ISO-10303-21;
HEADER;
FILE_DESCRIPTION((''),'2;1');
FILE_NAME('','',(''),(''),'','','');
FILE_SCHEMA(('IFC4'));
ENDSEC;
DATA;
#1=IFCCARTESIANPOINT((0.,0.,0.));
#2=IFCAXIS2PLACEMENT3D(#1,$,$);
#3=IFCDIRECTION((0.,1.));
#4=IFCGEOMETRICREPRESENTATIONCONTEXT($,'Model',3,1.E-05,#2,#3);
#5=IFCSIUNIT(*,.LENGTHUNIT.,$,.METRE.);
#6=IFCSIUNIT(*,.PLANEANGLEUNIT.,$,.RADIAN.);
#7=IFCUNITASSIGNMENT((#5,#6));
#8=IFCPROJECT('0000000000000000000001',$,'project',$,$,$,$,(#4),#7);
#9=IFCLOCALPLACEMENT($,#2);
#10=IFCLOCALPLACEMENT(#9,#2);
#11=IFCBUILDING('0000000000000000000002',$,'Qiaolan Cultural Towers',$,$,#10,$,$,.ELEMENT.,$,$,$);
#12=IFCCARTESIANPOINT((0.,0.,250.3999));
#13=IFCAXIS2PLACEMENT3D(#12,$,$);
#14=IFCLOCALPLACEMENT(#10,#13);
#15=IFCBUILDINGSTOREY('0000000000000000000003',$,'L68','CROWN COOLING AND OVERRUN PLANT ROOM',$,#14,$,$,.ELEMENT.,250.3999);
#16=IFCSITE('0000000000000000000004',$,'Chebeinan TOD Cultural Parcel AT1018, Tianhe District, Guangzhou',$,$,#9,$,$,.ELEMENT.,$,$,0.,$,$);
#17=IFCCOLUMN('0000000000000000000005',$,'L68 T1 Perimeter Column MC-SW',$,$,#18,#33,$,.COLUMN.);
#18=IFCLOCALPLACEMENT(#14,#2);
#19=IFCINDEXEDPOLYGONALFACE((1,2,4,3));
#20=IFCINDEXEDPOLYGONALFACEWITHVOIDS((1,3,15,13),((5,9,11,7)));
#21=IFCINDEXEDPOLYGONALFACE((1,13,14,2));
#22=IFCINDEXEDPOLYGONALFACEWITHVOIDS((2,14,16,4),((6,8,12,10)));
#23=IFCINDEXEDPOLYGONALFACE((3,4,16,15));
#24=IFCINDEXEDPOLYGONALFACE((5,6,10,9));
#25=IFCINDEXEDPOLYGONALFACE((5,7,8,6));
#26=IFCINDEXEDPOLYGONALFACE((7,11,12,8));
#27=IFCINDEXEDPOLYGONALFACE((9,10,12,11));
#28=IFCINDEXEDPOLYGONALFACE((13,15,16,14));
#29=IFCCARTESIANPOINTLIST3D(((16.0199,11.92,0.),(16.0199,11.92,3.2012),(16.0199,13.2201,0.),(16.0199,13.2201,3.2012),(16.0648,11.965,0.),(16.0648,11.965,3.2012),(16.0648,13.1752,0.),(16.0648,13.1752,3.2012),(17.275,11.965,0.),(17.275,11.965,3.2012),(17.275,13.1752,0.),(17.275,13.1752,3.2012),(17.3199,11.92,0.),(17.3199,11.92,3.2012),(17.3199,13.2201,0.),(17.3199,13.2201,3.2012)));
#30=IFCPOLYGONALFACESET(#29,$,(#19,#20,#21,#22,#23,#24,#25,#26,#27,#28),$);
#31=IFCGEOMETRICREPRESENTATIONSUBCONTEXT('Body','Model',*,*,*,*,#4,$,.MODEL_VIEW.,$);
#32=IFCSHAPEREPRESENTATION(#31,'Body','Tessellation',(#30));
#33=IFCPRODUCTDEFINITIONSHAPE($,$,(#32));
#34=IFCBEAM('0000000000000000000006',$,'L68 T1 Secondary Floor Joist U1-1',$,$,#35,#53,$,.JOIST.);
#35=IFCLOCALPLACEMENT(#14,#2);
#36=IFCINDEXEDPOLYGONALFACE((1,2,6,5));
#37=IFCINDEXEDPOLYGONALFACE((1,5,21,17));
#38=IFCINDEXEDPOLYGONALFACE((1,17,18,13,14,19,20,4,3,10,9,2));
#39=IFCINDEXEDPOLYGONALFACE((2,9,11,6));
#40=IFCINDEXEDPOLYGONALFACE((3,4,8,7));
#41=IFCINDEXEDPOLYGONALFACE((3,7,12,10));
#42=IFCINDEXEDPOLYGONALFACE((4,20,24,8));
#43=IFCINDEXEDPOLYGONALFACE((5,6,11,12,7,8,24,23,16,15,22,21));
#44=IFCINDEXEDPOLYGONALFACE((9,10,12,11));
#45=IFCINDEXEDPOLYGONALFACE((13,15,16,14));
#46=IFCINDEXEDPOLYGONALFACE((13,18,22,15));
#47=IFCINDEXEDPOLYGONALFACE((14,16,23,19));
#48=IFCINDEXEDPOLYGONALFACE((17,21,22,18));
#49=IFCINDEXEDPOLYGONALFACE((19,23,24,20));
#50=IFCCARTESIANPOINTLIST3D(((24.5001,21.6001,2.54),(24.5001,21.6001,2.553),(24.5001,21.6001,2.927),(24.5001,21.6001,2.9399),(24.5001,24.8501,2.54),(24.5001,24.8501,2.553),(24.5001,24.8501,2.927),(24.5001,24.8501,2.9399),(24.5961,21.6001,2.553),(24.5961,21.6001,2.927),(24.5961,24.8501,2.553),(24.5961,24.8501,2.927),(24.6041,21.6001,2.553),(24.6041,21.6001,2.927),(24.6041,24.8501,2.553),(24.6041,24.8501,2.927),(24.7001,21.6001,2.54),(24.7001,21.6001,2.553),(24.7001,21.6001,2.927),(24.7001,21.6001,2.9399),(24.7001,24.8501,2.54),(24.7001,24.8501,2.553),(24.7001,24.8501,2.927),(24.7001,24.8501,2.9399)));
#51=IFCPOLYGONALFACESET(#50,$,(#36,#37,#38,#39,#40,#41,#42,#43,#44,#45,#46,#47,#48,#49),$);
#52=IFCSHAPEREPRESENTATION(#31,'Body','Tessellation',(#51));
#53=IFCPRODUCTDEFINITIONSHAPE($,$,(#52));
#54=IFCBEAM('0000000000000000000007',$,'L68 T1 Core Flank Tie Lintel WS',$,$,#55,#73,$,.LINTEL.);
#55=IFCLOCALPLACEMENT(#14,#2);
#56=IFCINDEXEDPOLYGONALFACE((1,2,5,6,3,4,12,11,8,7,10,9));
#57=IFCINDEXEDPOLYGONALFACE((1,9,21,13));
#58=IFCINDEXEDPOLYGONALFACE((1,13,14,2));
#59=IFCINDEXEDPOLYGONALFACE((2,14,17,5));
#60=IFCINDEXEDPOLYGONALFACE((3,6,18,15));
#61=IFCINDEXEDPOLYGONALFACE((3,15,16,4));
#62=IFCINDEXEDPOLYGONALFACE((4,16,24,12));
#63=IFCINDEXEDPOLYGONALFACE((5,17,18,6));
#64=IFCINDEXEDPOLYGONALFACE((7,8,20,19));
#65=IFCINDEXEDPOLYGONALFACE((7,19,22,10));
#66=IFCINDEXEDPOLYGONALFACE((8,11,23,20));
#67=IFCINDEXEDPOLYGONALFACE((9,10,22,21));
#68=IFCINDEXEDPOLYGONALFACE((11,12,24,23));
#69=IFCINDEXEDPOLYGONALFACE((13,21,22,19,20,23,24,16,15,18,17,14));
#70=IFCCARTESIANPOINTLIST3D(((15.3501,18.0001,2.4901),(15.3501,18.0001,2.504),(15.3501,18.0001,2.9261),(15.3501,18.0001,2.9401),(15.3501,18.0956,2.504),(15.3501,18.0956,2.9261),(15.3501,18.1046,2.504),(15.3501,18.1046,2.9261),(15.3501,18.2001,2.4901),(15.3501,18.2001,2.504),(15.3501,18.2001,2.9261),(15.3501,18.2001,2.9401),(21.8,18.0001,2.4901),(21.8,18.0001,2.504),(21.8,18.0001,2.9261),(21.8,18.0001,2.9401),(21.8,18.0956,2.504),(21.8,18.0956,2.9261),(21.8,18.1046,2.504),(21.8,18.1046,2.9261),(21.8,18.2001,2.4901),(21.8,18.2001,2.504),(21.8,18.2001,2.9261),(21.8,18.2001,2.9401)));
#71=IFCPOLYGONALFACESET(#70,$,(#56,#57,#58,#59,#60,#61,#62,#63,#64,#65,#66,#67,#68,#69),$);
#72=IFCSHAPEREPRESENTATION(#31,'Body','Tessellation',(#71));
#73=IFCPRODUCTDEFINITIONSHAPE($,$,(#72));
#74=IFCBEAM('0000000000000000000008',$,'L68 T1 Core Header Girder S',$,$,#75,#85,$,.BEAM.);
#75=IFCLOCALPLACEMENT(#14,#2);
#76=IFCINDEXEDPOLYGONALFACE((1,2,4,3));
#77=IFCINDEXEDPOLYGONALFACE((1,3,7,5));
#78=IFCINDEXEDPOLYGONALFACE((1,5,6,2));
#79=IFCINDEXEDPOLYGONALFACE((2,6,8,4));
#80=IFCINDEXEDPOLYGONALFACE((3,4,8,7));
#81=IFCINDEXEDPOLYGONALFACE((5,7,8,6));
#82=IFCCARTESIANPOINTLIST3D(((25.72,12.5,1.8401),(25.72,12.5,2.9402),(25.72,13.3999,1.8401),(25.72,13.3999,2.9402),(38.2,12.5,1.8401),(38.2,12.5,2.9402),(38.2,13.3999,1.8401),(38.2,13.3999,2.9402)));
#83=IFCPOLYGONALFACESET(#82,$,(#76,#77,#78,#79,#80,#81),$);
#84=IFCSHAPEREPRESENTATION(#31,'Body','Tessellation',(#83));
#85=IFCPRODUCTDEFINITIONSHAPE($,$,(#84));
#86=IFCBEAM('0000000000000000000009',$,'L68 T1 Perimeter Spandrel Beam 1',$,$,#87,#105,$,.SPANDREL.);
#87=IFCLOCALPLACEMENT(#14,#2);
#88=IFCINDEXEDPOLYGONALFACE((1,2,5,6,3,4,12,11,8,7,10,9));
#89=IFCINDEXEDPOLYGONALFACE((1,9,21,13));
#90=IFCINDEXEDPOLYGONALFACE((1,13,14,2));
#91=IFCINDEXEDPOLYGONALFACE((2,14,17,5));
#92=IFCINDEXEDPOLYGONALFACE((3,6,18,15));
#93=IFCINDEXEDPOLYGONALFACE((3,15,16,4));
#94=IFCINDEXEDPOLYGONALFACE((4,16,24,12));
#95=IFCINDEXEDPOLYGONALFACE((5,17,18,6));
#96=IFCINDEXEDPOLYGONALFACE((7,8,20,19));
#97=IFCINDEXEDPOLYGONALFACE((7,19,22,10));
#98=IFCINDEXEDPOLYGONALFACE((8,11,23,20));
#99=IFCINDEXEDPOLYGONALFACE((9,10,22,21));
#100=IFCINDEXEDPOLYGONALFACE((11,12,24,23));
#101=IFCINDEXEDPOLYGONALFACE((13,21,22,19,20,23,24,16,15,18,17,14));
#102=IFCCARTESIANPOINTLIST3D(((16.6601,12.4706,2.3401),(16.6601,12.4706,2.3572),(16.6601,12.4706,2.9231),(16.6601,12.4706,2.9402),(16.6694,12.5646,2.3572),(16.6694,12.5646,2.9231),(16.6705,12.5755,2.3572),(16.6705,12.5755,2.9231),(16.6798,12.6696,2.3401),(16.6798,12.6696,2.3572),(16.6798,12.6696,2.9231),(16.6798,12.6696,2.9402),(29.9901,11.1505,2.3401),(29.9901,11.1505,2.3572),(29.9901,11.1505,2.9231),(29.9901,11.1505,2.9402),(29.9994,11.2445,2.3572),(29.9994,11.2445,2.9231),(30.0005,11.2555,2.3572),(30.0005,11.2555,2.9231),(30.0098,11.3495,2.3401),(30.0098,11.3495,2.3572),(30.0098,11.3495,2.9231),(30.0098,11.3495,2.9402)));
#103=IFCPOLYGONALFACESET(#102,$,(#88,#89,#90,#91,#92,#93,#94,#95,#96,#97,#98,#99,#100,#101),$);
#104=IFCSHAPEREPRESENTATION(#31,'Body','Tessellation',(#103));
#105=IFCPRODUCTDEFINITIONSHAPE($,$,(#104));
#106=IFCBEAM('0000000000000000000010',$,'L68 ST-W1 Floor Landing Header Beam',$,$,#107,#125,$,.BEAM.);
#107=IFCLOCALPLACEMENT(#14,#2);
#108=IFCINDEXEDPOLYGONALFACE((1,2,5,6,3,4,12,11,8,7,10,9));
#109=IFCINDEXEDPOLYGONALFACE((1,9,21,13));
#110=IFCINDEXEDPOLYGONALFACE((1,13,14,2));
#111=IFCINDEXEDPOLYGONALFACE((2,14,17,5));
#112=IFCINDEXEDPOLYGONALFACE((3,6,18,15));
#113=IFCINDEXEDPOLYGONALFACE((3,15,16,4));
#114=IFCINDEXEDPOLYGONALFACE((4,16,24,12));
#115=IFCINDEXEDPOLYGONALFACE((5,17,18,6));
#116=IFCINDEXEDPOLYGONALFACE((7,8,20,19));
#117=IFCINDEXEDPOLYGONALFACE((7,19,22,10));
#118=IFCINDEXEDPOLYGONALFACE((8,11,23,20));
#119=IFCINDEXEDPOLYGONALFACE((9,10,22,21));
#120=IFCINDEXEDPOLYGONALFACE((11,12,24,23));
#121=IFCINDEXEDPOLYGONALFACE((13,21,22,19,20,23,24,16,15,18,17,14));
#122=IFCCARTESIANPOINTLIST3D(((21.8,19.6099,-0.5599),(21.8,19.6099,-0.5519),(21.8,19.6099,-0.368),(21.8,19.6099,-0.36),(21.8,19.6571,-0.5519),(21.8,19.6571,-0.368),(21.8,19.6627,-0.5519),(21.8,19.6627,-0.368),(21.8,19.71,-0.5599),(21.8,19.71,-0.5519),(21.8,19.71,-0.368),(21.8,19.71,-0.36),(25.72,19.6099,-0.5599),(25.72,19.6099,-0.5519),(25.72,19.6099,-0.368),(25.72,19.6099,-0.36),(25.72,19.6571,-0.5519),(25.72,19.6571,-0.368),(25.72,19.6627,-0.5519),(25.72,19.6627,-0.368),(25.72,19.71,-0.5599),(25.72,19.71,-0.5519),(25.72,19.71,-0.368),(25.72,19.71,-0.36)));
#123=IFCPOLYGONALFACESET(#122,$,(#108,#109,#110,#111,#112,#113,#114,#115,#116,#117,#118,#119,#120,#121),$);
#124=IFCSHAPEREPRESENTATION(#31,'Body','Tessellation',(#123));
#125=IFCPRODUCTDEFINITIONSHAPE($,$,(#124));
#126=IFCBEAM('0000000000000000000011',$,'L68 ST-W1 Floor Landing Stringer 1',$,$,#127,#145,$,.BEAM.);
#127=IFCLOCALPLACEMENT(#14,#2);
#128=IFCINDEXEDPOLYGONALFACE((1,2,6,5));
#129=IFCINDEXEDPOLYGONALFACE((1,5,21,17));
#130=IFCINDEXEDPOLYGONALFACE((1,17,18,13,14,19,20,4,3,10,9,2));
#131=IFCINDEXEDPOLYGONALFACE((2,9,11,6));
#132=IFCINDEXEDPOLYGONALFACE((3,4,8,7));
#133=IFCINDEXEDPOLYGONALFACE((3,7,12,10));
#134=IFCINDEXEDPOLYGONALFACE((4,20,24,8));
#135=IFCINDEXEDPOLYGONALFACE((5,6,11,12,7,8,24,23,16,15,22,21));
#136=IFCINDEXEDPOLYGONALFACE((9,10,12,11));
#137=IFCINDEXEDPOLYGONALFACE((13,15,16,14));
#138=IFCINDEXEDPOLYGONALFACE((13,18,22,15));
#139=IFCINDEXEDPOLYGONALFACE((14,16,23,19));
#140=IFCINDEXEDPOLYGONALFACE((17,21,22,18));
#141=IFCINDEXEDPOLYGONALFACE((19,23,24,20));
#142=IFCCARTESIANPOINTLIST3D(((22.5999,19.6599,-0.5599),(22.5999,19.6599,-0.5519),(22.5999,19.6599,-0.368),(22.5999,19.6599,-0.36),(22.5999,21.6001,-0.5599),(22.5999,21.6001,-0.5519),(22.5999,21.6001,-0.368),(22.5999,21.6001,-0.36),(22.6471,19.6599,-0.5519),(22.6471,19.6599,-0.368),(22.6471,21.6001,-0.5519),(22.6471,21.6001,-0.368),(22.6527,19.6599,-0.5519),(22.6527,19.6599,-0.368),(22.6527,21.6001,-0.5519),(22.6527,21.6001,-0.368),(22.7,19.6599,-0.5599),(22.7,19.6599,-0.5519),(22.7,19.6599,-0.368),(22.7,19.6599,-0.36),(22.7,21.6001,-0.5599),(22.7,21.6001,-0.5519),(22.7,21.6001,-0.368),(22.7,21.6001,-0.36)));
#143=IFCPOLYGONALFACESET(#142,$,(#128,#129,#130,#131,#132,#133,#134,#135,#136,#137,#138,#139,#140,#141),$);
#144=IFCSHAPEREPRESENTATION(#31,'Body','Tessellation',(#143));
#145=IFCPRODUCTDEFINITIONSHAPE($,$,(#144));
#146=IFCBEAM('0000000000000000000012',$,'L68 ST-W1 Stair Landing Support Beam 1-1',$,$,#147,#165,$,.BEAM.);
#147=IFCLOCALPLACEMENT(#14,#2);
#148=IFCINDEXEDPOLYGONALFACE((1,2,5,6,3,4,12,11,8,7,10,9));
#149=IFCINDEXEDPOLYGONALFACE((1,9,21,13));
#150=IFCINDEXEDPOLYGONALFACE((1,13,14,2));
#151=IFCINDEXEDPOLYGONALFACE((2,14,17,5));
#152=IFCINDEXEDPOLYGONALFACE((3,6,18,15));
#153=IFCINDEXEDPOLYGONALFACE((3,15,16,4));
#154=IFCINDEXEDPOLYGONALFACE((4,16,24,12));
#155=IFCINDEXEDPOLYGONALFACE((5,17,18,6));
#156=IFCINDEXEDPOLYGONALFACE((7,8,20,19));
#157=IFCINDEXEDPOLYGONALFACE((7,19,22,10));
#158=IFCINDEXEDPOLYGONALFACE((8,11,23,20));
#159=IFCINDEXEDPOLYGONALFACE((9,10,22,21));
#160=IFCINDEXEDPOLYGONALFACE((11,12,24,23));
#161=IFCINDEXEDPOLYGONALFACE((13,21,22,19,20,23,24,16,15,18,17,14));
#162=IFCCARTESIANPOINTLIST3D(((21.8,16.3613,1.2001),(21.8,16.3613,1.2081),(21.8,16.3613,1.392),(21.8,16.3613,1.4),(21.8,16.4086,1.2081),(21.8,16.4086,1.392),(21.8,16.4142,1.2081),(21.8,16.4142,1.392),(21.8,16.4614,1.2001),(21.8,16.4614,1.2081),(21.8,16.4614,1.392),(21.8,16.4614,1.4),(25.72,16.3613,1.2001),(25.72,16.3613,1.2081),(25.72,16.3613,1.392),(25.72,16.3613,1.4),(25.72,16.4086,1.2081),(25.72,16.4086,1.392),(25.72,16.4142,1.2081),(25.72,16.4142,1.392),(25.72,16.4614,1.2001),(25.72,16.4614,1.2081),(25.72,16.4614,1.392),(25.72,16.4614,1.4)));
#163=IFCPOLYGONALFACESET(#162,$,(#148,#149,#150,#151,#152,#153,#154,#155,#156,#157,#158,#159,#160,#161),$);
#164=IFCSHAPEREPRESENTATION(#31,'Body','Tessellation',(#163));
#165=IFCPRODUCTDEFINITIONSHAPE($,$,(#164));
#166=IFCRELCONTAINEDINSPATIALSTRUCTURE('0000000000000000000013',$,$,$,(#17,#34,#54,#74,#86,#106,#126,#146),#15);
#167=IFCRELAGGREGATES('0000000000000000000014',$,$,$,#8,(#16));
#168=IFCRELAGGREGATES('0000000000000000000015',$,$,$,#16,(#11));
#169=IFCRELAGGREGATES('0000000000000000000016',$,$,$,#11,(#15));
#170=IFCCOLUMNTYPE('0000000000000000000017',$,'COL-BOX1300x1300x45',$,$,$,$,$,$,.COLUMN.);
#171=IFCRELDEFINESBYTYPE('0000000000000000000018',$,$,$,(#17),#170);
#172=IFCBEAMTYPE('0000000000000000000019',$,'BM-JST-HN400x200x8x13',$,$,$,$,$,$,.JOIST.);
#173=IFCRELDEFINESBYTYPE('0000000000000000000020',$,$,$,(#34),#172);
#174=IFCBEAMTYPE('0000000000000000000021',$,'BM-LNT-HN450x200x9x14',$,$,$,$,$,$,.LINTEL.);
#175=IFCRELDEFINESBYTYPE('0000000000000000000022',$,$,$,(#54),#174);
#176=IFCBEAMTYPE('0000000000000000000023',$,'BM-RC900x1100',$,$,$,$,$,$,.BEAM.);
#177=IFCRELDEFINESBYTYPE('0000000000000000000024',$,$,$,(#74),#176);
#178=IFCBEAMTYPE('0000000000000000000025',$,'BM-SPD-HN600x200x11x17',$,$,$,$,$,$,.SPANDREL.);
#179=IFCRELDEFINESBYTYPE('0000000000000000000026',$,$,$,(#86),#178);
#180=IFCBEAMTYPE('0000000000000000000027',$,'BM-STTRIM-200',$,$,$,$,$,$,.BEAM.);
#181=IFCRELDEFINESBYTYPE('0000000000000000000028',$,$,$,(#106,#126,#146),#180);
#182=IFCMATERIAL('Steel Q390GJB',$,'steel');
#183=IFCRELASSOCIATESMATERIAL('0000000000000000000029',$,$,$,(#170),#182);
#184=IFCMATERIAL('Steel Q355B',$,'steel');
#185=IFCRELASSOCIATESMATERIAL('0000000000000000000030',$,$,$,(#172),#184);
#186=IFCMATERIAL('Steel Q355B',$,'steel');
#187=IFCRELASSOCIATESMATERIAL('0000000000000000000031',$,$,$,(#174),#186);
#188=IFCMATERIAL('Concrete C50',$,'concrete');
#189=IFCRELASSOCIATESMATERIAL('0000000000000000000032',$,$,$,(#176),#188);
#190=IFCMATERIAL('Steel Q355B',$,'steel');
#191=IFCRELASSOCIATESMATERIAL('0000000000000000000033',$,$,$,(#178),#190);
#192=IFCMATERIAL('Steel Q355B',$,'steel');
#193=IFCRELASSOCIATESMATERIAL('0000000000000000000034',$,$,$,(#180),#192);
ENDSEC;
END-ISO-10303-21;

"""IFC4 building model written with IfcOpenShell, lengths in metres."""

from ifc_helpers import new_model, si_unit, direction, frame, origin, origin_2d, place, context, subcontext, project, spatial, rectangle, hollow_rectangle, i_section, extrude, material, material_profile, profile_set, type_object, element, save


model = new_model("IFC4")

# Units and contexts
model_context = context("Model", 3, precision=1e-05, world=origin(), true_north=direction((0.0, 1.0)))
body_context = subcontext(model_context, "Body", "Model", "MODEL_VIEW")
ifc_project = project(units=[si_unit("LENGTHUNIT", "METRE"), si_unit("PLANEANGLEUNIT", "RADIAN")], contexts=[model_context])

# Site, building, storey
site_placement = place(None, origin())
site = spatial("IfcSite", under=ifc_project, at=site_placement, Name="Chebeinan TOD Cultural Parcel AT1018, Tianhe District, Guangzhou", CompositionType="ELEMENT", RefElevation=0.0)
building_placement = place(site_placement, origin())
building = spatial("IfcBuilding", under=site, at=building_placement, Name="Qiaolan Cultural Towers", CompositionType="ELEMENT")
storey_placement = place(building_placement, frame((0.0, 0.0, 250.3999)))
storey = spatial("IfcBuildingStorey", under=building, at=storey_placement, Name="L68", Description="CROWN COOLING AND OVERRUN PLANT ROOM", CompositionType="ELEMENT", Elevation=250.3999)

# Column
ifc_material_1 = material(Name="Steel Q390GJB", Category="steel")
ifc_material_profile_1 = material_profile(ifc_material_1, hollow_rectangle(XDim=1.3, YDim=1.3, WallThickness=0.0449, at=origin_2d()), Name="BOX1300x1300x45")
ifc_profile_set_1 = profile_set([ifc_material_profile_1], Name="Steel Q390GJB")
column_type = type_object("IfcColumnType", Name="COL-BOX1300x1300x45", PredefinedType="COLUMN", material=ifc_profile_set_1)
column_placement = place(storey_placement, frame((16.6699, 12.5701, 0.0), z_axis=(0.0, 0.0, 1.0), x_axis=(1.0, 0.0, 0.0)))
element("IfcColumn", 1, at=column_placement, inside=storey, type_object=column_type, Name="L68 T1 Perimeter Column MC-SW", PredefinedType="COLUMN", context=body_context, shape_type="SweptSolid", body=[
    extrude(hollow_rectangle(XDim=1.3, YDim=1.3, WallThickness=0.0449, at=origin_2d()), origin(), (0.0, 0.0, 1.0), 3.2012),
])

# Beams
ifc_material_2 = material(Name="Steel Q355B", Category="steel")
ifc_material_profile_2 = material_profile(ifc_material_2, i_section(OverallWidth=0.2, OverallDepth=0.3999, WebThickness=0.0081, FlangeThickness=0.0129, at=origin_2d()), Name="HN400x200x8x13")
ifc_profile_set_2 = profile_set([ifc_material_profile_2], Name="Steel Q355B")
beam_type_1 = type_object("IfcBeamType", Name="BM-JST-HN400x200x8x13", PredefinedType="JOIST", material=ifc_profile_set_2)
beam_1_placement = place(storey_placement, frame((24.6001, 21.6001, 2.74), z_axis=(0.0, 1.0, 0.0), x_axis=(-1.0, 0.0, 0.0)))
element("IfcBeam", 2, at=beam_1_placement, inside=storey, type_object=beam_type_1, Name="L68 T1 Secondary Floor Joist U1-1", PredefinedType="JOIST", context=body_context, shape_type="SweptSolid", body=[
    extrude(i_section(OverallWidth=0.2, OverallDepth=0.3999, WebThickness=0.0081, FlangeThickness=0.0129, at=origin_2d()), origin(), (0.0, 0.0, 1.0), 3.25),
])
ifc_material_3 = material(Name="Steel Q355B", Category="steel")
ifc_material_profile_3 = material_profile(ifc_material_3, i_section(OverallWidth=0.2, OverallDepth=0.45, WebThickness=0.009, FlangeThickness=0.0139, at=origin_2d()), Name="HN450x200x9x14")
ifc_profile_set_3 = profile_set([ifc_material_profile_3], Name="Steel Q355B")
beam_type_2 = type_object("IfcBeamType", Name="BM-LNT-HN450x200x9x14", PredefinedType="LINTEL", material=ifc_profile_set_3)
beam_2_placement = place(storey_placement, frame((21.8, 18.1001, 2.7151), z_axis=(-1.0, 0.0, 0.0), x_axis=(0.0, -1.0, 0.0)))
element("IfcBeam", 3, at=beam_2_placement, inside=storey, type_object=beam_type_2, Name="L68 T1 Core Flank Tie Lintel WS", PredefinedType="LINTEL", context=body_context, shape_type="SweptSolid", body=[
    extrude(i_section(OverallWidth=0.2, OverallDepth=0.45, WebThickness=0.009, FlangeThickness=0.0139, at=origin_2d()), origin(), (0.0, 0.0, 1.0), 6.45),
])
ifc_material_4 = material(Name="Concrete C50", Category="concrete")
ifc_material_profile_4 = material_profile(ifc_material_4, rectangle(XDim=0.8999, YDim=1.1001, at=origin_2d()), Name="RC900x1100")
ifc_profile_set_4 = profile_set([ifc_material_profile_4], Name="Concrete C50")
beam_type_3 = type_object("IfcBeamType", Name="BM-RC900x1100", PredefinedType="BEAM", material=ifc_profile_set_4)
beam_3_placement = place(storey_placement, frame((25.72, 12.95, 2.3901), z_axis=(1.0, 0.0, 0.0), x_axis=(0.0, 1.0, 0.0)))
element("IfcBeam", 4, at=beam_3_placement, inside=storey, type_object=beam_type_3, Name="L68 T1 Core Header Girder S", PredefinedType="BEAM", context=body_context, shape_type="SweptSolid", body=[
    extrude(rectangle(XDim=0.8999, YDim=1.1001, at=origin_2d()), origin(), (0.0, 0.0, 1.0), 12.48),
])
ifc_material_5 = material(Name="Steel Q355B", Category="steel")
ifc_material_profile_5 = material_profile(ifc_material_5, i_section(OverallWidth=0.2, OverallDepth=0.6001, WebThickness=0.011, FlangeThickness=0.0171, at=origin_2d()), Name="HN600x200x11x17")
ifc_profile_set_5 = profile_set([ifc_material_profile_5], Name="Steel Q355B")
beam_type_4 = type_object("IfcBeamType", Name="BM-SPD-HN600x200x11x17", PredefinedType="SPANDREL", material=ifc_profile_set_5)
beam_4_placement = place(storey_placement, frame((16.6699, 12.5701, 2.6401), z_axis=(0.995132, -0.098547, 0.0), x_axis=(0.098547, 0.995132, 0.0)))
element("IfcBeam", 5, at=beam_4_placement, inside=storey, type_object=beam_type_4, Name="L68 T1 Perimeter Spandrel Beam 1", PredefinedType="SPANDREL", context=body_context, shape_type="SweptSolid", body=[
    extrude(i_section(OverallWidth=0.2, OverallDepth=0.6001, WebThickness=0.011, FlangeThickness=0.0171, at=origin_2d()), origin(), (0.0, 0.0, 1.0), 13.3953),
])
ifc_material_6 = material(Name="Steel Q355B", Category="steel")
ifc_material_profile_6 = material_profile(ifc_material_6, i_section(OverallWidth=0.1001, OverallDepth=0.2, WebThickness=0.0056, FlangeThickness=0.0081, at=origin_2d()), Name="HN200x100x5.5x8")
ifc_profile_set_6 = profile_set([ifc_material_profile_6], Name="Steel Q355B")
beam_type_5 = type_object("IfcBeamType", Name="BM-STTRIM-200", PredefinedType="BEAM", material=ifc_profile_set_6)
beam_5_placement = place(storey_placement, frame((21.8, 19.6599, -0.46), z_axis=(1.0, 0.0, 0.0), x_axis=(0.0, 1.0, 0.0)))
element("IfcBeam", 6, at=beam_5_placement, inside=storey, type_object=beam_type_5, Name="L68 ST-W1 Floor Landing Header Beam", PredefinedType="BEAM", context=body_context, shape_type="SweptSolid", body=[
    extrude(i_section(OverallWidth=0.1001, OverallDepth=0.2, WebThickness=0.0056, FlangeThickness=0.0081, at=origin_2d()), origin(), (0.0, 0.0, 1.0), 3.9199),
])
beam_6_placement = place(storey_placement, frame((22.6499, 21.6001, -0.46), z_axis=(0.0, -1.0, 0.0), x_axis=(1.0, 0.0, 0.0)))
element("IfcBeam", 7, at=beam_6_placement, inside=storey, type_object=beam_type_5, Name="L68 ST-W1 Floor Landing Stringer 1", PredefinedType="BEAM", context=body_context, shape_type="SweptSolid", body=[
    extrude(i_section(OverallWidth=0.1001, OverallDepth=0.2, WebThickness=0.0056, FlangeThickness=0.0081, at=origin_2d()), origin(), (0.0, 0.0, 1.0), 1.9402),
])
for number, where, z_axis, x_axis, name in (
    (8, (21.8, 16.4114, 1.3), (1.0, 0.0, 0.0), (0.0, 1.0, 0.0), "L68 ST-W1 Stair Landing Support Beam 1-1"),
):
    element("IfcBeam", number, at=place(storey_placement, frame(where, z_axis=z_axis, x_axis=x_axis)), inside=storey, type_object=beam_type_5, Name=name, PredefinedType="BEAM", context=body_context, shape_type="SweptSolid", body=[
        extrude(i_section(OverallWidth=0.1001, OverallDepth=0.2, WebThickness=0.0056, FlangeThickness=0.0081, at=origin_2d()), origin(), (0.0, 0.0, 1.0), 3.9199),
    ])

save(model, "model.ifc")
